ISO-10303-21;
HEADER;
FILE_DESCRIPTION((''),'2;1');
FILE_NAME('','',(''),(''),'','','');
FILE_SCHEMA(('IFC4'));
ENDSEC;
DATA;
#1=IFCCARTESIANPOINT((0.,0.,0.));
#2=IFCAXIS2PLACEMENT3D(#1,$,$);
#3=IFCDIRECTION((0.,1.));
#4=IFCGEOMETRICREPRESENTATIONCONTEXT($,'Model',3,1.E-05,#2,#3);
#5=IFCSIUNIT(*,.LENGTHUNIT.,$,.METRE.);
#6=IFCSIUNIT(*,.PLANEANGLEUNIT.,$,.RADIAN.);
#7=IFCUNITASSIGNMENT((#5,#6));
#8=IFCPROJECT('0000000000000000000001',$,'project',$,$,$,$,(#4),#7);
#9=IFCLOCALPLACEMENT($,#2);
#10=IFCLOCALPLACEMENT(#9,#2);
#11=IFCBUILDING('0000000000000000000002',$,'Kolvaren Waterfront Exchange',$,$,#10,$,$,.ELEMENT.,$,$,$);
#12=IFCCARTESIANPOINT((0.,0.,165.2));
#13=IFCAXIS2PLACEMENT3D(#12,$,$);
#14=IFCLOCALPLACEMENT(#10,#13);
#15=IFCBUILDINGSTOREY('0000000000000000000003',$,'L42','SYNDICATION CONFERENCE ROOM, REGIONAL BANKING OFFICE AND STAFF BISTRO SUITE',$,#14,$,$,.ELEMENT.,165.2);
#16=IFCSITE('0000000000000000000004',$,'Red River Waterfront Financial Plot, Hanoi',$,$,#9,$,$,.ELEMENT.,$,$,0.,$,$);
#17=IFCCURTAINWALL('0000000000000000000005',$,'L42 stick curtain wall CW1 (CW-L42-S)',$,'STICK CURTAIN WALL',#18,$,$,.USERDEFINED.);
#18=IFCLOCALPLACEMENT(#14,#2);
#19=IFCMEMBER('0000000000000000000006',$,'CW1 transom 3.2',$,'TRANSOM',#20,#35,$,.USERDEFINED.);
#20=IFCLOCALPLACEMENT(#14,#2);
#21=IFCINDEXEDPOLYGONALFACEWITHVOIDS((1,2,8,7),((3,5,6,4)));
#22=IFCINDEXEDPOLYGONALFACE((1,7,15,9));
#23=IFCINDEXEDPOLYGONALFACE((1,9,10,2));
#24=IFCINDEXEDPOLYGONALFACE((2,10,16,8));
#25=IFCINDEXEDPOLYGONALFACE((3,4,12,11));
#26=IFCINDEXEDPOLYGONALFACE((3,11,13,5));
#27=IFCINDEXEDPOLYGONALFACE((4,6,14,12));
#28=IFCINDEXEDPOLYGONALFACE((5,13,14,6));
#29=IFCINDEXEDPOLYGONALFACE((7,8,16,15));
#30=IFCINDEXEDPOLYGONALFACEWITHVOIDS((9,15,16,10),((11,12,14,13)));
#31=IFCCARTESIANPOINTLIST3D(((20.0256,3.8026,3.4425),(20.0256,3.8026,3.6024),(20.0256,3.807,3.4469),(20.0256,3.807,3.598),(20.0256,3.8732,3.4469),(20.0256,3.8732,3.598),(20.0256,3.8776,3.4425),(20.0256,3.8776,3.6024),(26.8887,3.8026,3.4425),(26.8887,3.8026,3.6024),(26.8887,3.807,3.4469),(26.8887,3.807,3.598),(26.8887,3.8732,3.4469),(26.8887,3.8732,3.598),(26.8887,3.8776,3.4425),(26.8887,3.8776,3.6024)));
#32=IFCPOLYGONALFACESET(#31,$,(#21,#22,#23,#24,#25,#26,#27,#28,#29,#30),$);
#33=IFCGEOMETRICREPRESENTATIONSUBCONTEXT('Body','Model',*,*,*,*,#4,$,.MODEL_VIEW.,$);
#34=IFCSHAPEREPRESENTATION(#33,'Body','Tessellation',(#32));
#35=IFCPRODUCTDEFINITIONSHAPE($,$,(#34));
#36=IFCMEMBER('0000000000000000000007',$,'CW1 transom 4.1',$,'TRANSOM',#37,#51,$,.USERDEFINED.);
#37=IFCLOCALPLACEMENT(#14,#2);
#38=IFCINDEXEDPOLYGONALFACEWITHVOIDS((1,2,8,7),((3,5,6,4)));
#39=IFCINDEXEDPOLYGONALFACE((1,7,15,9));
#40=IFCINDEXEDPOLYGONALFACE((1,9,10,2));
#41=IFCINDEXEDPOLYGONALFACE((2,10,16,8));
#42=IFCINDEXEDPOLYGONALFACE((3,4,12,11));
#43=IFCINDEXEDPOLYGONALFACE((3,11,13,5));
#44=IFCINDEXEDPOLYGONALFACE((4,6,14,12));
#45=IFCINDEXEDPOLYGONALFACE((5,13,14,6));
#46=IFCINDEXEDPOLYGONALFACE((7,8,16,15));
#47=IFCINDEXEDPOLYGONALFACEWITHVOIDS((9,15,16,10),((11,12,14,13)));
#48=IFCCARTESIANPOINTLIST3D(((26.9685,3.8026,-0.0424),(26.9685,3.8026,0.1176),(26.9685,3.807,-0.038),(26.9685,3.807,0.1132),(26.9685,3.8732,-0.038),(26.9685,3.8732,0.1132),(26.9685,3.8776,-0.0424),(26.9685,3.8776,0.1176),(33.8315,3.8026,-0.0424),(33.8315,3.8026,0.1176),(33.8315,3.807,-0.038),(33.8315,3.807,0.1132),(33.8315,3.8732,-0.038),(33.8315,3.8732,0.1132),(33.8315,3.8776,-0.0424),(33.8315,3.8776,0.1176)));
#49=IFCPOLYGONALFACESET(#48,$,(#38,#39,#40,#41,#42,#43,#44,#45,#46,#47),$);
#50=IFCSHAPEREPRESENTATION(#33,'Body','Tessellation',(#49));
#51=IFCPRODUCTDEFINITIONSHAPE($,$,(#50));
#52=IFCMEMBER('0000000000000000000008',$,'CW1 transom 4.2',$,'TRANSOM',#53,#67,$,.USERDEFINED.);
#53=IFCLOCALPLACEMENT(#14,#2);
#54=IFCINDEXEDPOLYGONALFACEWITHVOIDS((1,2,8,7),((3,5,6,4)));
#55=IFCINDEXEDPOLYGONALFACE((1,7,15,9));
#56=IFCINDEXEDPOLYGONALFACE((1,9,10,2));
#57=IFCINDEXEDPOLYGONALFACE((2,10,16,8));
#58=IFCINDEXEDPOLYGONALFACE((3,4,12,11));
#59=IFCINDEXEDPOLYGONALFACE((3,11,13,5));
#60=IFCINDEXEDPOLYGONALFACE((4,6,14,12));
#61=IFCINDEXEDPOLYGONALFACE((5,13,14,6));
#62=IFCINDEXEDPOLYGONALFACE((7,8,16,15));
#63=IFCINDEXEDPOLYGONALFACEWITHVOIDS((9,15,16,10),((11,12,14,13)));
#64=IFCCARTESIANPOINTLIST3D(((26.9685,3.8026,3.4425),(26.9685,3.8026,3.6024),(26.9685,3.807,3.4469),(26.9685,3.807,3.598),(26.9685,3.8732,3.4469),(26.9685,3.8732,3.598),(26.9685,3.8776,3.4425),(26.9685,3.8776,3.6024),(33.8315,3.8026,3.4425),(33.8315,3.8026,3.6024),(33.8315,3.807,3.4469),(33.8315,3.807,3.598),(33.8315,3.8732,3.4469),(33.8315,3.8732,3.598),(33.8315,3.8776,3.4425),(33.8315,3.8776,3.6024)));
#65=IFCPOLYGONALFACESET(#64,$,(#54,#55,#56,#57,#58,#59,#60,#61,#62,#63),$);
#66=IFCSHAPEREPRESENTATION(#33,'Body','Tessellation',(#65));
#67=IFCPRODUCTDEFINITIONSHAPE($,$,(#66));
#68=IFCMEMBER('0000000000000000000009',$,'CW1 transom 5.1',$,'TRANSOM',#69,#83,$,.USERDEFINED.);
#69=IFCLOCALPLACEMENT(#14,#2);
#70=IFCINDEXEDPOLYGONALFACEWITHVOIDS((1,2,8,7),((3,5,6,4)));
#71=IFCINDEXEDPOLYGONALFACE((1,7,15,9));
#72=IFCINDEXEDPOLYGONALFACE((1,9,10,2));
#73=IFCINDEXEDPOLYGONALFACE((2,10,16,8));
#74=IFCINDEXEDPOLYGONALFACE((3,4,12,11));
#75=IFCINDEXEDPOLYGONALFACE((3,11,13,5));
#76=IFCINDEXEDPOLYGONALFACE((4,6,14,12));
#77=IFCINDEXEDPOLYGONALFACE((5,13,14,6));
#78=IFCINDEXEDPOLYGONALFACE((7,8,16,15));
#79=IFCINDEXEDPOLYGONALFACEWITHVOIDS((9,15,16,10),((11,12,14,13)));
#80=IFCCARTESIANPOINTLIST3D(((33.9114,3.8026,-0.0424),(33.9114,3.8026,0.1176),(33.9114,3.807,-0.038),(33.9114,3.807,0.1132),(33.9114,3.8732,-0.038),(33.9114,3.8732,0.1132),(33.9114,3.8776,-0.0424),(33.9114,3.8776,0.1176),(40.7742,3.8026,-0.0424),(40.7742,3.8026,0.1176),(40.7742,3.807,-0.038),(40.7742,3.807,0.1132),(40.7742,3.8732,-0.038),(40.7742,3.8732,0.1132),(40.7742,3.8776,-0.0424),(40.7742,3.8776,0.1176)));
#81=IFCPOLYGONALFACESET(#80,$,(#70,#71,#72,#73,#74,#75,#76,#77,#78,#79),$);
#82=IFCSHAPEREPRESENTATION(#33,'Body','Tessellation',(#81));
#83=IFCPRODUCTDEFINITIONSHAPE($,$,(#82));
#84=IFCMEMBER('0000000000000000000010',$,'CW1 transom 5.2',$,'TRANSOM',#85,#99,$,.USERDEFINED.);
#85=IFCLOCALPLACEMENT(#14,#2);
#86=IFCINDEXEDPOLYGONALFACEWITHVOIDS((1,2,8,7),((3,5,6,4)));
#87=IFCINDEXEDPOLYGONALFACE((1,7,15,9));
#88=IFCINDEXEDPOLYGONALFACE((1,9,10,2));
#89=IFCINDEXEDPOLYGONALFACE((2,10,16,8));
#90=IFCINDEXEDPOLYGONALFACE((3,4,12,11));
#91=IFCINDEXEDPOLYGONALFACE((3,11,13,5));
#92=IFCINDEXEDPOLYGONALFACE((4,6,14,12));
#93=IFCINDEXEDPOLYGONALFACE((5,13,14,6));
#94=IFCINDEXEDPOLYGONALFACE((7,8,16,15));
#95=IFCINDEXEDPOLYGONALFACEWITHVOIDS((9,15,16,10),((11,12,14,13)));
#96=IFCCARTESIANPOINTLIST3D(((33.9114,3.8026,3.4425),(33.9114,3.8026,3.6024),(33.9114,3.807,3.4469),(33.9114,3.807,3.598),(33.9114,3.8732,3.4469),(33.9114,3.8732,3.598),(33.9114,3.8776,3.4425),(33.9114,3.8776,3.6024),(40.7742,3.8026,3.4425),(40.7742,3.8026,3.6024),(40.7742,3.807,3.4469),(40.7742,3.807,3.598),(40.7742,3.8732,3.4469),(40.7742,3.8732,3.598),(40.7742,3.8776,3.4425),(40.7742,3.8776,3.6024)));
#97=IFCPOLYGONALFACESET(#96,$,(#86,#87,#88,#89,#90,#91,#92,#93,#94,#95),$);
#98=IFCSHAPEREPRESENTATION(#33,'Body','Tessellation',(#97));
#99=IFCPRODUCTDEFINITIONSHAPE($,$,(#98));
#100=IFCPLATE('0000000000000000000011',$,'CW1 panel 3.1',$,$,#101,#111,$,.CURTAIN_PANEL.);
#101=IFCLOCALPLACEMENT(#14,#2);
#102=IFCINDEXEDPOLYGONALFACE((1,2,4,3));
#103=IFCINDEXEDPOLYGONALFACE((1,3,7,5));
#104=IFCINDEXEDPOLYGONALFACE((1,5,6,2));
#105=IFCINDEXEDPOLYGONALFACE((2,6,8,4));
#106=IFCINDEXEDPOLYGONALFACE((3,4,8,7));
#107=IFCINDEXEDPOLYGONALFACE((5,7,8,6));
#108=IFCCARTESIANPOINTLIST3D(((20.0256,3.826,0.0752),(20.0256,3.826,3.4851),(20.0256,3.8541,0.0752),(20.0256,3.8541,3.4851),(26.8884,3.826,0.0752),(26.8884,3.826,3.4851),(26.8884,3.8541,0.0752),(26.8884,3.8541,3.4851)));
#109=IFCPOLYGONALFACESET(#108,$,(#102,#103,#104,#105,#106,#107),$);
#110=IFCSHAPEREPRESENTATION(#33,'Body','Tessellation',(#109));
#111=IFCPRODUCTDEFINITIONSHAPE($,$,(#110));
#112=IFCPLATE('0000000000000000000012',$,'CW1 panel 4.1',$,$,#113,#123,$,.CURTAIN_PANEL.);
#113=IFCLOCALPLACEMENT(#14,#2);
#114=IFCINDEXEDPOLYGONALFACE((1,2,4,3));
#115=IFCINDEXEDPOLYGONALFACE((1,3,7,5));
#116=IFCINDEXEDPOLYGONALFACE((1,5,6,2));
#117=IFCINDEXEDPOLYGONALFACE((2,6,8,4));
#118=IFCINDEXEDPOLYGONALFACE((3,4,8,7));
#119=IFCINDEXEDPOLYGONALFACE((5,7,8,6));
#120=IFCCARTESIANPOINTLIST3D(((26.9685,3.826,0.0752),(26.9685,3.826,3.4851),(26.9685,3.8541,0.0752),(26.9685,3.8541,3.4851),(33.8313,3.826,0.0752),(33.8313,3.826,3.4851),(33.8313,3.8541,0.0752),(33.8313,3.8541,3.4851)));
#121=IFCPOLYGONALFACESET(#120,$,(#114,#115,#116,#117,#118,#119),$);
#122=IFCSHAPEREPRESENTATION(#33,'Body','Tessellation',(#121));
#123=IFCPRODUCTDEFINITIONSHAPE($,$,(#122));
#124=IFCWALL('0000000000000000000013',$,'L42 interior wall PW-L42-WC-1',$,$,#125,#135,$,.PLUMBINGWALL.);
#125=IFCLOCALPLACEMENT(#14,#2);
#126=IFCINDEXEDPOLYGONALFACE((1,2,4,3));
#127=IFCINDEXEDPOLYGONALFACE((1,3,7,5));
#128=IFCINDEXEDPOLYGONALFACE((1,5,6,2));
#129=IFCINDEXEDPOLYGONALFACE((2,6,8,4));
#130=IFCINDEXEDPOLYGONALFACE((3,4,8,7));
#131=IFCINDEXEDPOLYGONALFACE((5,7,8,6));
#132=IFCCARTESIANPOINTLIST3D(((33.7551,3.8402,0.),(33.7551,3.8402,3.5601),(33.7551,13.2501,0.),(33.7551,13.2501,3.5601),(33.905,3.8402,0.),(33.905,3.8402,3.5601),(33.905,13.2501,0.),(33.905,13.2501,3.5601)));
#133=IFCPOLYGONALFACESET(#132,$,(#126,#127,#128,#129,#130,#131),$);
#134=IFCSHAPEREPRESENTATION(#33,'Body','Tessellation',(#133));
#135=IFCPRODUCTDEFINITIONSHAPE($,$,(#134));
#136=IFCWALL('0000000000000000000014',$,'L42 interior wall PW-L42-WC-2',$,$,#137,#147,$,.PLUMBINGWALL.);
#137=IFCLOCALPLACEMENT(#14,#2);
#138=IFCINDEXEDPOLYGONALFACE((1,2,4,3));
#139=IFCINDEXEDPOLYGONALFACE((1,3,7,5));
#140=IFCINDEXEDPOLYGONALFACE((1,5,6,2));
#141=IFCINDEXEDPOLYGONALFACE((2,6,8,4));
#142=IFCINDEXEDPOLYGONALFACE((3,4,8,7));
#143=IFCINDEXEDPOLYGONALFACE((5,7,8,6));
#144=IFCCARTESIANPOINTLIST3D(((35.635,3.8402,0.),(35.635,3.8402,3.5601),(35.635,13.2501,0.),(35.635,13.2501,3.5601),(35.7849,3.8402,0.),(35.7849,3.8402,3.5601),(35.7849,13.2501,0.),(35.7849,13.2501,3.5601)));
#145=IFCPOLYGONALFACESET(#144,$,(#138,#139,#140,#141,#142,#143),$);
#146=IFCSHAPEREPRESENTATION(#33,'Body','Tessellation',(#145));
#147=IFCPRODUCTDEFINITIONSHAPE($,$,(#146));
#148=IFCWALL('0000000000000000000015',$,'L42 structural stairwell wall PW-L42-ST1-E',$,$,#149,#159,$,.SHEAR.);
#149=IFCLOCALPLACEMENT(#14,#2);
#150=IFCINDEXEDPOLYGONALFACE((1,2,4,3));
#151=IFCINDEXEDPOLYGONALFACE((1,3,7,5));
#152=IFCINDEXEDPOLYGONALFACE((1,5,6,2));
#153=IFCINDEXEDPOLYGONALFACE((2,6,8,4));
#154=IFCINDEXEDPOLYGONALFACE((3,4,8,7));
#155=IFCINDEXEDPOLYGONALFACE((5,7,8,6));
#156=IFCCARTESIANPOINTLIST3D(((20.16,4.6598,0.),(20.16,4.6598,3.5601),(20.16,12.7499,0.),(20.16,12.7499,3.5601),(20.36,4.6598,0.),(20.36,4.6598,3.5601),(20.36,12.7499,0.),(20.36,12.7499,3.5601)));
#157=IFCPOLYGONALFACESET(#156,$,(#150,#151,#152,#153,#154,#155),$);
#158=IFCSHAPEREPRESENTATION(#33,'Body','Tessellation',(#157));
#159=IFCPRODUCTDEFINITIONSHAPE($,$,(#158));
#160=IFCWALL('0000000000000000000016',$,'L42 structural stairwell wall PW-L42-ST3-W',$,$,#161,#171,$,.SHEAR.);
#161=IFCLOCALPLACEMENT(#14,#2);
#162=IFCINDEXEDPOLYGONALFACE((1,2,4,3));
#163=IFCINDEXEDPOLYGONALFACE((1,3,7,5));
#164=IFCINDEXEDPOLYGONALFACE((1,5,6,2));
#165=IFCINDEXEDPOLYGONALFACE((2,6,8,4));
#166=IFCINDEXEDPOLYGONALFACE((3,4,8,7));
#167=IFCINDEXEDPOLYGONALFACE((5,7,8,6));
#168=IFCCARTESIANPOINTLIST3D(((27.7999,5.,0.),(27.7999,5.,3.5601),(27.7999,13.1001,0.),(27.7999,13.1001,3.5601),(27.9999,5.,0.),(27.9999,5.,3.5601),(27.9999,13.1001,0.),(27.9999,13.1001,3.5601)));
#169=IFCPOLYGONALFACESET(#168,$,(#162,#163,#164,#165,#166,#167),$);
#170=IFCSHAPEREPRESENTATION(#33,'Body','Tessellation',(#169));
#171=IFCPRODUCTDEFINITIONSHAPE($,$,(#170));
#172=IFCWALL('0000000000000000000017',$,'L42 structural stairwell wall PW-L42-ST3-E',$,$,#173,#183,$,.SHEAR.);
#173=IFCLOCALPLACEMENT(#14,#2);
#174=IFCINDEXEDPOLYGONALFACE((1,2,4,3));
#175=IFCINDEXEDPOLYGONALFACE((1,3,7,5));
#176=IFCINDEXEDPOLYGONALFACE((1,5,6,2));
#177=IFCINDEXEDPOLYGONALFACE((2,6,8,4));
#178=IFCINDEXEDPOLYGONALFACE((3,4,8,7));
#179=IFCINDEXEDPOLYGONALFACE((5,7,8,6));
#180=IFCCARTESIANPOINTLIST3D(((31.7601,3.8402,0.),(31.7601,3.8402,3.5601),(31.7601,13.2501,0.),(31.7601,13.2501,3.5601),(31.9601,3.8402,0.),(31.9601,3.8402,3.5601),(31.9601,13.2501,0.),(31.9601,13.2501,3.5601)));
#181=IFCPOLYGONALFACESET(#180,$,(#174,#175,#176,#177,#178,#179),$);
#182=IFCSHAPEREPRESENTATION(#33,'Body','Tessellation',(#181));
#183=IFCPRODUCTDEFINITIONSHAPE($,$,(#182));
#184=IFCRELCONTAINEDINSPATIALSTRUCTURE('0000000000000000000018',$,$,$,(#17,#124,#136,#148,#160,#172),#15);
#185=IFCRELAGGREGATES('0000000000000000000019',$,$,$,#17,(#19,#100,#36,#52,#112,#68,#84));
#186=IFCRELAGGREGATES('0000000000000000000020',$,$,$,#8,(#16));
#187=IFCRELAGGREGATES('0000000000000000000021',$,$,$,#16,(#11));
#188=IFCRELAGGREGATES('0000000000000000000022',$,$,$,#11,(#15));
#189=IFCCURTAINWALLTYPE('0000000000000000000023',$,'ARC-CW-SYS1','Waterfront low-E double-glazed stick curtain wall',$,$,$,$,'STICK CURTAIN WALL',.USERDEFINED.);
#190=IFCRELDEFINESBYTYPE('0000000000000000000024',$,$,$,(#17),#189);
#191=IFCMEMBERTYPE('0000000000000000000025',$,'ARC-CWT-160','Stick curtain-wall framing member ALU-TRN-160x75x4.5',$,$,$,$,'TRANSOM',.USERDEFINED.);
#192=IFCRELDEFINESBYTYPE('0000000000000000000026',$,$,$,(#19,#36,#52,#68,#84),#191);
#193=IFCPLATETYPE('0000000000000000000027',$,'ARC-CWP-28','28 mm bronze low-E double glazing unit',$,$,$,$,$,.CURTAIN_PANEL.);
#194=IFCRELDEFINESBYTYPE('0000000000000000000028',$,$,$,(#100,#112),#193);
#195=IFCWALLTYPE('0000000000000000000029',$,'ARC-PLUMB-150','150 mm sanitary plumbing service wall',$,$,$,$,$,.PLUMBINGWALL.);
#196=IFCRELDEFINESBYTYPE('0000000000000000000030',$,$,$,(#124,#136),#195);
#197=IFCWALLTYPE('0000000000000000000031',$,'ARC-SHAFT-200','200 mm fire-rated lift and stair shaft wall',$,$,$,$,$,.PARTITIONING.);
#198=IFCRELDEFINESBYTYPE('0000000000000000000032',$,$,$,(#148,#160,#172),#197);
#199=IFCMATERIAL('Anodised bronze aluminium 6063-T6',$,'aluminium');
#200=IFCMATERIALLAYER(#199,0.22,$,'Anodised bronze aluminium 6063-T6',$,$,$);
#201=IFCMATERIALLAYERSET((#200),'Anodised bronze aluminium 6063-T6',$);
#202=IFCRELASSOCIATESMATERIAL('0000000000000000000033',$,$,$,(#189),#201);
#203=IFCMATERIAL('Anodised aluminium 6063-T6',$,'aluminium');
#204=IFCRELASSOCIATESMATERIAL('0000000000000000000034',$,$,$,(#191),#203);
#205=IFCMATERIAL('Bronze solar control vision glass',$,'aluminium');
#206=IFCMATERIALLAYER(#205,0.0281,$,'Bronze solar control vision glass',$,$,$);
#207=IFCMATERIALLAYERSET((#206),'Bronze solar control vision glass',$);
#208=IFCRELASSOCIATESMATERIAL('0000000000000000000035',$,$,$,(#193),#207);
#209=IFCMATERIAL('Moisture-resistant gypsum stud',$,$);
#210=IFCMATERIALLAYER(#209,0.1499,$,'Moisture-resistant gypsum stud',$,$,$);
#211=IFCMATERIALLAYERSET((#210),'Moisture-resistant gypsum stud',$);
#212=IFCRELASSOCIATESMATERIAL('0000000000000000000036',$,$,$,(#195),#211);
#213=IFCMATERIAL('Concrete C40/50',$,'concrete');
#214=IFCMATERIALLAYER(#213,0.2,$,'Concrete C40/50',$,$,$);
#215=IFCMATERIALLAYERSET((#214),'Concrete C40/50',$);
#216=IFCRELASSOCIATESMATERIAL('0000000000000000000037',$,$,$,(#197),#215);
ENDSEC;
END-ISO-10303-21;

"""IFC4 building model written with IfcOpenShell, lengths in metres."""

from ifc_helpers import new_model, si_unit, direction, frame, frame_2d, origin, origin_with_axes, origin_2d, place, context, subcontext, project, spatial, rectangle, hollow_rectangle, extrude, source, transform, mapped, material, layer, layer_set, material_profile, profile_set, type_object, element, aggregate, save


model = new_model("IFC4")

# Units and contexts
model_context = context("Model", 3, precision=1e-05, world=origin(), true_north=direction((0.0, 1.0)))
body_context = subcontext(model_context, "Body", "Model", "MODEL_VIEW")
ifc_project = project(units=[si_unit("LENGTHUNIT", "METRE"), si_unit("PLANEANGLEUNIT", "RADIAN")], contexts=[model_context])

# Site, building, storey
site_placement = place(None, origin())
site = spatial("IfcSite", under=ifc_project, at=site_placement, Name="Red River Waterfront Financial Plot, Hanoi", CompositionType="ELEMENT", RefElevation=0.0)
building_placement = place(site_placement, origin())
building = spatial("IfcBuilding", under=site, at=building_placement, Name="Kolvaren Waterfront Exchange", CompositionType="ELEMENT")
storey_placement = place(building_placement, frame((0.0, 0.0, 165.2)))
storey = spatial("IfcBuildingStorey", under=building, at=storey_placement, Name="L42", Description="SYNDICATION CONFERENCE ROOM, REGIONAL BANKING OFFICE AND STAFF BISTRO SUITE", CompositionType="ELEMENT", Elevation=165.2)

# Curtain wall, members, plates
ifc_material_1 = material(Name="Anodised bronze aluminium 6063-T6", Category="aluminium")
ifc_layer_1 = layer(ifc_material_1, 0.22, Name="Anodised bronze aluminium 6063-T6")
ifc_layer_set_1 = layer_set([ifc_layer_1], Name="Anodised bronze aluminium 6063-T6")
curtain_wall_type = type_object("IfcCurtainWallType", Name="ARC-CW-SYS1", Description="Waterfront low-E double-glazed stick curtain wall", ElementType="STICK CURTAIN WALL", PredefinedType="USERDEFINED", material=ifc_layer_set_1)
curtain_wall_placement = place(storey_placement, origin())
curtain_wall = element("IfcCurtainWall", 1, at=curtain_wall_placement, inside=storey, type_object=curtain_wall_type, Name="L42 stick curtain wall CW1 (CW-L42-S)", ObjectType="STICK CURTAIN WALL", PredefinedType="USERDEFINED")
ifc_material_2 = material(Name="Anodised aluminium 6063-T6", Category="aluminium")
ifc_material_profile_1 = material_profile(ifc_material_2, hollow_rectangle(XDim=0.075, YDim=0.1599, WallThickness=0.0044, at=origin_2d()), Name="ALU-TRN-160x75x4.5")
ifc_profile_set_1 = profile_set([ifc_material_profile_1], Name="Anodised aluminium 6063-T6")
member_type_1 = type_object("IfcMemberType", Name="ARC-CWT-160", Description="Stick curtain-wall framing member ALU-TRN-160x75x4.5", ElementType="TRANSOM", PredefinedType="USERDEFINED", material=ifc_profile_set_1)
shared_shape_1 = source(origin_with_axes(), body_context, "Body", "SweptSolid", [
    extrude(hollow_rectangle(XDim=0.075, YDim=0.1599, WallThickness=0.0044, at=origin_2d()), origin(), (0.0, 0.0, 1.0), 6.863),
])
member_1_placement = place(storey_placement, frame((20.0256, 3.8401, 3.5225), z_axis=(1.0, 0.0, 0.0), x_axis=(0.0, 1.0, 0.0)))
member_1 = element("IfcMember", 2, at=member_1_placement, type_object=member_type_1, Name="CW1 transom 3.2", ObjectType="TRANSOM", PredefinedType="USERDEFINED", context=body_context, shape_type="MappedRepresentation", body=[
    mapped(shared_shape_1, transform((0.0, 0.0, 0.0), x_axis=(1.0, 0.0, 0.0), y_axis=(0.0, 1.0, 0.0), z_axis=(0.0, 0.0, 1.0), scale=1.0)),
])
member_2_placement = place(storey_placement, frame((26.9685, 3.8401, 0.0376), z_axis=(1.0, 0.0, 0.0), x_axis=(0.0, 1.0, 0.0)))
member_2 = element("IfcMember", 3, at=member_2_placement, type_object=member_type_1, Name="CW1 transom 4.1", ObjectType="TRANSOM", PredefinedType="USERDEFINED", context=body_context, shape_type="MappedRepresentation", body=[
    mapped(shared_shape_1, transform((0.0, 0.0, 0.0), x_axis=(1.0, 0.0, 0.0), y_axis=(0.0, 1.0, 0.0), z_axis=(0.0, 0.0, 1.0), scale=1.0)),
])
member_3_placement = place(storey_placement, frame((26.9685, 3.8401, 3.5225), z_axis=(1.0, 0.0, 0.0), x_axis=(0.0, 1.0, 0.0)))
member_3 = element("IfcMember", 4, at=member_3_placement, type_object=member_type_1, Name="CW1 transom 4.2", ObjectType="TRANSOM", PredefinedType="USERDEFINED", context=body_context, shape_type="MappedRepresentation", body=[
    mapped(shared_shape_1, transform((0.0, 0.0, 0.0), x_axis=(1.0, 0.0, 0.0), y_axis=(0.0, 1.0, 0.0), z_axis=(0.0, 0.0, 1.0), scale=1.0)),
])
shared_shape_2 = source(origin_with_axes(), body_context, "Body", "SweptSolid", [
    extrude(hollow_rectangle(XDim=0.075, YDim=0.1599, WallThickness=0.0044, at=origin_2d()), origin(), (0.0, 0.0, 1.0), 6.8628),
])
member_4_placement = place(storey_placement, frame((33.9114, 3.8401, 0.0376), z_axis=(1.0, 0.0, 0.0), x_axis=(0.0, 1.0, 0.0)))
member_4 = element("IfcMember", 5, at=member_4_placement, type_object=member_type_1, Name="CW1 transom 5.1", ObjectType="TRANSOM", PredefinedType="USERDEFINED", context=body_context, shape_type="MappedRepresentation", body=[
    mapped(shared_shape_2, transform((0.0, 0.0, 0.0), x_axis=(1.0, 0.0, 0.0), y_axis=(0.0, 1.0, 0.0), z_axis=(0.0, 0.0, 1.0), scale=1.0)),
])
member_5_placement = place(storey_placement, frame((33.9114, 3.8401, 3.5225), z_axis=(1.0, 0.0, 0.0), x_axis=(0.0, 1.0, 0.0)))
member_5 = element("IfcMember", 6, at=member_5_placement, type_object=member_type_1, Name="CW1 transom 5.2", ObjectType="TRANSOM", PredefinedType="USERDEFINED", context=body_context, shape_type="MappedRepresentation", body=[
    mapped(shared_shape_2, transform((0.0, 0.0, 0.0), x_axis=(1.0, 0.0, 0.0), y_axis=(0.0, 1.0, 0.0), z_axis=(0.0, 0.0, 1.0), scale=1.0)),
])
ifc_material_3 = material(Name="Bronze solar control vision glass", Category="aluminium")
ifc_layer_2 = layer(ifc_material_3, 0.0281, Name="Bronze solar control vision glass")
ifc_layer_set_2 = layer_set([ifc_layer_2], Name="Bronze solar control vision glass")
plate_type = type_object("IfcPlateType", Name="ARC-CWP-28", Description="28 mm bronze low-E double glazing unit", PredefinedType="CURTAIN_PANEL", material=ifc_layer_set_2)
shared_shape_3 = source(origin_with_axes(), body_context, "Body", "SweptSolid", [
    extrude(rectangle(XDim=6.8628, YDim=0.0281, at=origin_2d()), origin(), (0.0, 0.0, 1.0), 3.4099),
])
plate_1_placement = place(storey_placement, frame((23.457, 3.8401, 0.0752), z_axis=(0.0, 0.0, 1.0), x_axis=(1.0, 0.0, 0.0)))
plate_1 = element("IfcPlate", 7, at=plate_1_placement, type_object=plate_type, Name="CW1 panel 3.1", PredefinedType="CURTAIN_PANEL", context=body_context, shape_type="MappedRepresentation", body=[
    mapped(shared_shape_3, transform((0.0, 0.0, 0.0), x_axis=(1.0, 0.0, 0.0), y_axis=(0.0, 1.0, 0.0), z_axis=(0.0, 0.0, 1.0), scale=1.0)),
])
plate_2_placement = place(storey_placement, frame((30.3999, 3.8401, 0.0752), z_axis=(0.0, 0.0, 1.0), x_axis=(1.0, 0.0, 0.0)))
plate_2 = element("IfcPlate", 8, at=plate_2_placement, type_object=plate_type, Name="CW1 panel 4.1", PredefinedType="CURTAIN_PANEL", context=body_context, shape_type="MappedRepresentation", body=[
    mapped(shared_shape_3, transform((0.0, 0.0, 0.0), x_axis=(1.0, 0.0, 0.0), y_axis=(0.0, 1.0, 0.0), z_axis=(0.0, 0.0, 1.0), scale=1.0)),
])
aggregate(curtain_wall, [member_1, plate_1, member_2, member_3, plate_2, member_4, member_5])

# Walls
ifc_material_4 = material(Name="Moisture-resistant gypsum stud")
ifc_layer_3 = layer(ifc_material_4, 0.1499, Name="Moisture-resistant gypsum stud")
ifc_layer_set_3 = layer_set([ifc_layer_3], Name="Moisture-resistant gypsum stud")
wall_type_1 = type_object("IfcWallType", Name="ARC-PLUMB-150", Description="150 mm sanitary plumbing service wall", PredefinedType="PLUMBINGWALL", material=ifc_layer_set_3)
for number, where, z_axis, x_axis, name in (
    (9, (33.8301, 3.8401, 0.0), (0.0, 0.0, 1.0), (0.0, 1.0, 0.0), "L42 interior wall PW-L42-WC-1"),
    (10, (35.71, 3.8401, 0.0), (0.0, 0.0, 1.0), (0.0, 1.0, 0.0), "L42 interior wall PW-L42-WC-2"),
):
    element("IfcWall", number, at=place(storey_placement, frame(where, z_axis=z_axis, x_axis=x_axis)), inside=storey, type_object=wall_type_1, Name=name, PredefinedType="PLUMBINGWALL", context=body_context, shape_type="SweptSolid", body=[
        extrude(rectangle(XDim=9.4099, YDim=0.1499, at=frame_2d((4.7051, 0.0))), origin(), (0.0, 0.0, 1.0), 3.5601),
    ])
ifc_material_5 = material(Name="Concrete C40/50", Category="concrete")
ifc_layer_4 = layer(ifc_material_5, 0.2, Name="Concrete C40/50")
ifc_layer_set_4 = layer_set([ifc_layer_4], Name="Concrete C40/50")
wall_type_2 = type_object("IfcWallType", Name="ARC-SHAFT-200", Description="200 mm fire-rated lift and stair shaft wall", PredefinedType="PARTITIONING", material=ifc_layer_set_4)
wall_1_placement = place(storey_placement, frame((20.26, 4.6599, 0.0), z_axis=(0.0, 0.0, 1.0), x_axis=(0.0, 1.0, 0.0)))
element("IfcWall", 11, at=wall_1_placement, inside=storey, type_object=wall_type_2, Name="L42 structural stairwell wall PW-L42-ST1-E", PredefinedType="SHEAR", context=body_context, shape_type="SweptSolid", body=[
    extrude(rectangle(XDim=8.0901, YDim=0.2, at=frame_2d((4.0449, 0.0))), origin(), (0.0, 0.0, 1.0), 3.5601),
])
wall_2_placement = place(storey_placement, frame((27.8999, 5.0, 0.0), z_axis=(0.0, 0.0, 1.0), x_axis=(0.0, 1.0, 0.0)))
element("IfcWall", 12, at=wall_2_placement, inside=storey, type_object=wall_type_2, Name="L42 structural stairwell wall PW-L42-ST3-W", PredefinedType="SHEAR", context=body_context, shape_type="SweptSolid", body=[
    extrude(rectangle(XDim=8.1001, YDim=0.2, at=frame_2d((4.05, 0.0))), origin(), (0.0, 0.0, 1.0), 3.5601),
])
wall_3_placement = place(storey_placement, frame((31.8601, 3.8401, 0.0), z_axis=(0.0, 0.0, 1.0), x_axis=(0.0, 1.0, 0.0)))
element("IfcWall", 13, at=wall_3_placement, inside=storey, type_object=wall_type_2, Name="L42 structural stairwell wall PW-L42-ST3-E", PredefinedType="SHEAR", context=body_context, shape_type="SweptSolid", body=[
    extrude(rectangle(XDim=9.4099, YDim=0.2, at=frame_2d((4.7051, 0.0))), origin(), (0.0, 0.0, 1.0), 3.5601),
])

save(model, "model.ifc")
